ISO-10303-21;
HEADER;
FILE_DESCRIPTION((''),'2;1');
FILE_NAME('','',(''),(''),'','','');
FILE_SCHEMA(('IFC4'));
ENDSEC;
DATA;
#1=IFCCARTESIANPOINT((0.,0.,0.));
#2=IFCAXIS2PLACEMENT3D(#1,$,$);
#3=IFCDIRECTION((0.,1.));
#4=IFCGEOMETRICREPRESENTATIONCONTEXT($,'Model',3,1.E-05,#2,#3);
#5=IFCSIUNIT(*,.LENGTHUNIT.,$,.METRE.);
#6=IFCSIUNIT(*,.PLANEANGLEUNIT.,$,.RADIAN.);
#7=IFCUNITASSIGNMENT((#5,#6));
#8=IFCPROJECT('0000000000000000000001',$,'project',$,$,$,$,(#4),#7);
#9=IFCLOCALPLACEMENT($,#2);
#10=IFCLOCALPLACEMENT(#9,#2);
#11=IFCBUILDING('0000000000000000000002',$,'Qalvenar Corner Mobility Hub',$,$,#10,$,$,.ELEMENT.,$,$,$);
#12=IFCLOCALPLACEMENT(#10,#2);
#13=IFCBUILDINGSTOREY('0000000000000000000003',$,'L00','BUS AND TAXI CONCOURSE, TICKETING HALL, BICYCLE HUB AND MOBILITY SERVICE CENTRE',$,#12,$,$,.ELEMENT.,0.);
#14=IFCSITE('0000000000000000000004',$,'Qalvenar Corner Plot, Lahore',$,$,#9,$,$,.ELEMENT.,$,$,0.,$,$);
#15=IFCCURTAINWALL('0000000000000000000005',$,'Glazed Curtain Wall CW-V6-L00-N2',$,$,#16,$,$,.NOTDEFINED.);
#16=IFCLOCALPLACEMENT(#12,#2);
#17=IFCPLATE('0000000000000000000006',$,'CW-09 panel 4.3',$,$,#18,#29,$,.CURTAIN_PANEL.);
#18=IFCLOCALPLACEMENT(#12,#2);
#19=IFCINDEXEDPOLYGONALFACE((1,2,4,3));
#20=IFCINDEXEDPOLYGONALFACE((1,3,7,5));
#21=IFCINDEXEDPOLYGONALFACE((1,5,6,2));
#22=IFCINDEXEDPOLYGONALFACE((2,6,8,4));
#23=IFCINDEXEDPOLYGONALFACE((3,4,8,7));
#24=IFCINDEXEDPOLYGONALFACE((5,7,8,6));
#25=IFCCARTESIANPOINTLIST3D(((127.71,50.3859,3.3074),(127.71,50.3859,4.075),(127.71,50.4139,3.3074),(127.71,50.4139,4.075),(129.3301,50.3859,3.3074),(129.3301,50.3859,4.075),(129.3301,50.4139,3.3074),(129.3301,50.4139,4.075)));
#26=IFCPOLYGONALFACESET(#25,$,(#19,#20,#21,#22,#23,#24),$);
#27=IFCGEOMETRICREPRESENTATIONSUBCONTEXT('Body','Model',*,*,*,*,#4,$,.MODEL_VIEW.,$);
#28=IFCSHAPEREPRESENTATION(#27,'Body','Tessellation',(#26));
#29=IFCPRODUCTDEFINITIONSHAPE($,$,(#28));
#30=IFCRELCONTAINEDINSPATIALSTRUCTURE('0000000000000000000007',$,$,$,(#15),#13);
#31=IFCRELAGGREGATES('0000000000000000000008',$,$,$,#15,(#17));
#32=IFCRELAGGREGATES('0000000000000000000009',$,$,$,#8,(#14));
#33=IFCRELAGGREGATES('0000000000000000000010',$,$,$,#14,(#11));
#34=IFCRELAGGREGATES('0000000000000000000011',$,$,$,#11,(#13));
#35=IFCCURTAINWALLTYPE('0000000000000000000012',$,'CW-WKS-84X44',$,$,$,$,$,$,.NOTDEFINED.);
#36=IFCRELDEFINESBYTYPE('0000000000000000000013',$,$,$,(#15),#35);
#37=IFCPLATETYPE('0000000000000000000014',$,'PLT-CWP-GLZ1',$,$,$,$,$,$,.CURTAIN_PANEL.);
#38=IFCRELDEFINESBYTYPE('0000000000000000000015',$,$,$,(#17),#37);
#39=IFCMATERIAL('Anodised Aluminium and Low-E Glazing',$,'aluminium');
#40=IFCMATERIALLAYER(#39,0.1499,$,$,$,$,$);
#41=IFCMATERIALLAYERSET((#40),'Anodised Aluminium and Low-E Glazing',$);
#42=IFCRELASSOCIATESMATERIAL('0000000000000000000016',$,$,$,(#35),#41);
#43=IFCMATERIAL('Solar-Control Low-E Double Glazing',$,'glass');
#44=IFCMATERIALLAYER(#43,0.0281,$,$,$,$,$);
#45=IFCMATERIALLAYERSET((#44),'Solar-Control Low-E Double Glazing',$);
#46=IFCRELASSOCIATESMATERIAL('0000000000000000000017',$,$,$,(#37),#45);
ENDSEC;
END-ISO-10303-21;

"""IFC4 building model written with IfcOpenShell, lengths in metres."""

from ifc_helpers import new_model, si_unit, direction, frame, origin, origin_2d, place, context, subcontext, project, spatial, rectangle, extrude, material, layer, layer_set, type_object, element, aggregate, save


model = new_model("IFC4")

# Units and contexts
model_context = context("Model", 3, precision=1e-05, world=origin(), true_north=direction((0.0, 1.0)))
body_context = subcontext(model_context, "Body", "Model", "MODEL_VIEW")
ifc_project = project(units=[si_unit("LENGTHUNIT", "METRE"), si_unit("PLANEANGLEUNIT", "RADIAN")], contexts=[model_context])

# Site, building, storey
site_placement = place(None, origin())
site = spatial("IfcSite", under=ifc_project, at=site_placement, Name="Qalvenar Corner Plot, Lahore", CompositionType="ELEMENT", RefElevation=0.0)
building_placement = place(site_placement, origin())
building = spatial("IfcBuilding", under=site, at=building_placement, Name="Qalvenar Corner Mobility Hub", CompositionType="ELEMENT")
storey_placement = place(building_placement, origin())
storey = spatial("IfcBuildingStorey", under=building, at=storey_placement, Name="L00", Description="BUS AND TAXI CONCOURSE, TICKETING HALL, BICYCLE HUB AND MOBILITY SERVICE CENTRE", CompositionType="ELEMENT", Elevation=0.0)

# Curtain wall, plate
ifc_material_1 = material(Name="Anodised Aluminium and Low-E Glazing", Category="aluminium")
ifc_layer_1 = layer(ifc_material_1, 0.1499)
ifc_layer_set_1 = layer_set([ifc_layer_1], Name="Anodised Aluminium and Low-E Glazing")
curtain_wall_type = type_object("IfcCurtainWallType", Name="CW-WKS-84X44", PredefinedType="NOTDEFINED", material=ifc_layer_set_1)
curtain_wall_placement = place(storey_placement, origin())
curtain_wall = element("IfcCurtainWall", 1, at=curtain_wall_placement, inside=storey, type_object=curtain_wall_type, Name="Glazed Curtain Wall CW-V6-L00-N2", PredefinedType="NOTDEFINED")
ifc_material_2 = material(Name="Solar-Control Low-E Double Glazing", Category="glass")
ifc_layer_2 = layer(ifc_material_2, 0.0281)
ifc_layer_set_2 = layer_set([ifc_layer_2], Name="Solar-Control Low-E Double Glazing")
plate_type = type_object("IfcPlateType", Name="PLT-CWP-GLZ1", PredefinedType="CURTAIN_PANEL", material=ifc_layer_set_2)
plate_1_placement = place(storey_placement, frame((128.52, 50.3999, 3.3074), z_axis=(0.0, 0.0, 1.0), x_axis=(-1.0, 0.0, 0.0)))
plate_1 = element("IfcPlate", 2, at=plate_1_placement, type_object=plate_type, Name="CW-09 panel 4.3", PredefinedType="CURTAIN_PANEL", context=body_context, shape_type="SweptSolid", body=[
    extrude(rectangle(XDim=1.6201, YDim=0.0281, at=origin_2d()), origin(), (0.0, 0.0, 1.0), 0.7676),
])
aggregate(curtain_wall, [plate_1])

save(model, "model.ifc")
